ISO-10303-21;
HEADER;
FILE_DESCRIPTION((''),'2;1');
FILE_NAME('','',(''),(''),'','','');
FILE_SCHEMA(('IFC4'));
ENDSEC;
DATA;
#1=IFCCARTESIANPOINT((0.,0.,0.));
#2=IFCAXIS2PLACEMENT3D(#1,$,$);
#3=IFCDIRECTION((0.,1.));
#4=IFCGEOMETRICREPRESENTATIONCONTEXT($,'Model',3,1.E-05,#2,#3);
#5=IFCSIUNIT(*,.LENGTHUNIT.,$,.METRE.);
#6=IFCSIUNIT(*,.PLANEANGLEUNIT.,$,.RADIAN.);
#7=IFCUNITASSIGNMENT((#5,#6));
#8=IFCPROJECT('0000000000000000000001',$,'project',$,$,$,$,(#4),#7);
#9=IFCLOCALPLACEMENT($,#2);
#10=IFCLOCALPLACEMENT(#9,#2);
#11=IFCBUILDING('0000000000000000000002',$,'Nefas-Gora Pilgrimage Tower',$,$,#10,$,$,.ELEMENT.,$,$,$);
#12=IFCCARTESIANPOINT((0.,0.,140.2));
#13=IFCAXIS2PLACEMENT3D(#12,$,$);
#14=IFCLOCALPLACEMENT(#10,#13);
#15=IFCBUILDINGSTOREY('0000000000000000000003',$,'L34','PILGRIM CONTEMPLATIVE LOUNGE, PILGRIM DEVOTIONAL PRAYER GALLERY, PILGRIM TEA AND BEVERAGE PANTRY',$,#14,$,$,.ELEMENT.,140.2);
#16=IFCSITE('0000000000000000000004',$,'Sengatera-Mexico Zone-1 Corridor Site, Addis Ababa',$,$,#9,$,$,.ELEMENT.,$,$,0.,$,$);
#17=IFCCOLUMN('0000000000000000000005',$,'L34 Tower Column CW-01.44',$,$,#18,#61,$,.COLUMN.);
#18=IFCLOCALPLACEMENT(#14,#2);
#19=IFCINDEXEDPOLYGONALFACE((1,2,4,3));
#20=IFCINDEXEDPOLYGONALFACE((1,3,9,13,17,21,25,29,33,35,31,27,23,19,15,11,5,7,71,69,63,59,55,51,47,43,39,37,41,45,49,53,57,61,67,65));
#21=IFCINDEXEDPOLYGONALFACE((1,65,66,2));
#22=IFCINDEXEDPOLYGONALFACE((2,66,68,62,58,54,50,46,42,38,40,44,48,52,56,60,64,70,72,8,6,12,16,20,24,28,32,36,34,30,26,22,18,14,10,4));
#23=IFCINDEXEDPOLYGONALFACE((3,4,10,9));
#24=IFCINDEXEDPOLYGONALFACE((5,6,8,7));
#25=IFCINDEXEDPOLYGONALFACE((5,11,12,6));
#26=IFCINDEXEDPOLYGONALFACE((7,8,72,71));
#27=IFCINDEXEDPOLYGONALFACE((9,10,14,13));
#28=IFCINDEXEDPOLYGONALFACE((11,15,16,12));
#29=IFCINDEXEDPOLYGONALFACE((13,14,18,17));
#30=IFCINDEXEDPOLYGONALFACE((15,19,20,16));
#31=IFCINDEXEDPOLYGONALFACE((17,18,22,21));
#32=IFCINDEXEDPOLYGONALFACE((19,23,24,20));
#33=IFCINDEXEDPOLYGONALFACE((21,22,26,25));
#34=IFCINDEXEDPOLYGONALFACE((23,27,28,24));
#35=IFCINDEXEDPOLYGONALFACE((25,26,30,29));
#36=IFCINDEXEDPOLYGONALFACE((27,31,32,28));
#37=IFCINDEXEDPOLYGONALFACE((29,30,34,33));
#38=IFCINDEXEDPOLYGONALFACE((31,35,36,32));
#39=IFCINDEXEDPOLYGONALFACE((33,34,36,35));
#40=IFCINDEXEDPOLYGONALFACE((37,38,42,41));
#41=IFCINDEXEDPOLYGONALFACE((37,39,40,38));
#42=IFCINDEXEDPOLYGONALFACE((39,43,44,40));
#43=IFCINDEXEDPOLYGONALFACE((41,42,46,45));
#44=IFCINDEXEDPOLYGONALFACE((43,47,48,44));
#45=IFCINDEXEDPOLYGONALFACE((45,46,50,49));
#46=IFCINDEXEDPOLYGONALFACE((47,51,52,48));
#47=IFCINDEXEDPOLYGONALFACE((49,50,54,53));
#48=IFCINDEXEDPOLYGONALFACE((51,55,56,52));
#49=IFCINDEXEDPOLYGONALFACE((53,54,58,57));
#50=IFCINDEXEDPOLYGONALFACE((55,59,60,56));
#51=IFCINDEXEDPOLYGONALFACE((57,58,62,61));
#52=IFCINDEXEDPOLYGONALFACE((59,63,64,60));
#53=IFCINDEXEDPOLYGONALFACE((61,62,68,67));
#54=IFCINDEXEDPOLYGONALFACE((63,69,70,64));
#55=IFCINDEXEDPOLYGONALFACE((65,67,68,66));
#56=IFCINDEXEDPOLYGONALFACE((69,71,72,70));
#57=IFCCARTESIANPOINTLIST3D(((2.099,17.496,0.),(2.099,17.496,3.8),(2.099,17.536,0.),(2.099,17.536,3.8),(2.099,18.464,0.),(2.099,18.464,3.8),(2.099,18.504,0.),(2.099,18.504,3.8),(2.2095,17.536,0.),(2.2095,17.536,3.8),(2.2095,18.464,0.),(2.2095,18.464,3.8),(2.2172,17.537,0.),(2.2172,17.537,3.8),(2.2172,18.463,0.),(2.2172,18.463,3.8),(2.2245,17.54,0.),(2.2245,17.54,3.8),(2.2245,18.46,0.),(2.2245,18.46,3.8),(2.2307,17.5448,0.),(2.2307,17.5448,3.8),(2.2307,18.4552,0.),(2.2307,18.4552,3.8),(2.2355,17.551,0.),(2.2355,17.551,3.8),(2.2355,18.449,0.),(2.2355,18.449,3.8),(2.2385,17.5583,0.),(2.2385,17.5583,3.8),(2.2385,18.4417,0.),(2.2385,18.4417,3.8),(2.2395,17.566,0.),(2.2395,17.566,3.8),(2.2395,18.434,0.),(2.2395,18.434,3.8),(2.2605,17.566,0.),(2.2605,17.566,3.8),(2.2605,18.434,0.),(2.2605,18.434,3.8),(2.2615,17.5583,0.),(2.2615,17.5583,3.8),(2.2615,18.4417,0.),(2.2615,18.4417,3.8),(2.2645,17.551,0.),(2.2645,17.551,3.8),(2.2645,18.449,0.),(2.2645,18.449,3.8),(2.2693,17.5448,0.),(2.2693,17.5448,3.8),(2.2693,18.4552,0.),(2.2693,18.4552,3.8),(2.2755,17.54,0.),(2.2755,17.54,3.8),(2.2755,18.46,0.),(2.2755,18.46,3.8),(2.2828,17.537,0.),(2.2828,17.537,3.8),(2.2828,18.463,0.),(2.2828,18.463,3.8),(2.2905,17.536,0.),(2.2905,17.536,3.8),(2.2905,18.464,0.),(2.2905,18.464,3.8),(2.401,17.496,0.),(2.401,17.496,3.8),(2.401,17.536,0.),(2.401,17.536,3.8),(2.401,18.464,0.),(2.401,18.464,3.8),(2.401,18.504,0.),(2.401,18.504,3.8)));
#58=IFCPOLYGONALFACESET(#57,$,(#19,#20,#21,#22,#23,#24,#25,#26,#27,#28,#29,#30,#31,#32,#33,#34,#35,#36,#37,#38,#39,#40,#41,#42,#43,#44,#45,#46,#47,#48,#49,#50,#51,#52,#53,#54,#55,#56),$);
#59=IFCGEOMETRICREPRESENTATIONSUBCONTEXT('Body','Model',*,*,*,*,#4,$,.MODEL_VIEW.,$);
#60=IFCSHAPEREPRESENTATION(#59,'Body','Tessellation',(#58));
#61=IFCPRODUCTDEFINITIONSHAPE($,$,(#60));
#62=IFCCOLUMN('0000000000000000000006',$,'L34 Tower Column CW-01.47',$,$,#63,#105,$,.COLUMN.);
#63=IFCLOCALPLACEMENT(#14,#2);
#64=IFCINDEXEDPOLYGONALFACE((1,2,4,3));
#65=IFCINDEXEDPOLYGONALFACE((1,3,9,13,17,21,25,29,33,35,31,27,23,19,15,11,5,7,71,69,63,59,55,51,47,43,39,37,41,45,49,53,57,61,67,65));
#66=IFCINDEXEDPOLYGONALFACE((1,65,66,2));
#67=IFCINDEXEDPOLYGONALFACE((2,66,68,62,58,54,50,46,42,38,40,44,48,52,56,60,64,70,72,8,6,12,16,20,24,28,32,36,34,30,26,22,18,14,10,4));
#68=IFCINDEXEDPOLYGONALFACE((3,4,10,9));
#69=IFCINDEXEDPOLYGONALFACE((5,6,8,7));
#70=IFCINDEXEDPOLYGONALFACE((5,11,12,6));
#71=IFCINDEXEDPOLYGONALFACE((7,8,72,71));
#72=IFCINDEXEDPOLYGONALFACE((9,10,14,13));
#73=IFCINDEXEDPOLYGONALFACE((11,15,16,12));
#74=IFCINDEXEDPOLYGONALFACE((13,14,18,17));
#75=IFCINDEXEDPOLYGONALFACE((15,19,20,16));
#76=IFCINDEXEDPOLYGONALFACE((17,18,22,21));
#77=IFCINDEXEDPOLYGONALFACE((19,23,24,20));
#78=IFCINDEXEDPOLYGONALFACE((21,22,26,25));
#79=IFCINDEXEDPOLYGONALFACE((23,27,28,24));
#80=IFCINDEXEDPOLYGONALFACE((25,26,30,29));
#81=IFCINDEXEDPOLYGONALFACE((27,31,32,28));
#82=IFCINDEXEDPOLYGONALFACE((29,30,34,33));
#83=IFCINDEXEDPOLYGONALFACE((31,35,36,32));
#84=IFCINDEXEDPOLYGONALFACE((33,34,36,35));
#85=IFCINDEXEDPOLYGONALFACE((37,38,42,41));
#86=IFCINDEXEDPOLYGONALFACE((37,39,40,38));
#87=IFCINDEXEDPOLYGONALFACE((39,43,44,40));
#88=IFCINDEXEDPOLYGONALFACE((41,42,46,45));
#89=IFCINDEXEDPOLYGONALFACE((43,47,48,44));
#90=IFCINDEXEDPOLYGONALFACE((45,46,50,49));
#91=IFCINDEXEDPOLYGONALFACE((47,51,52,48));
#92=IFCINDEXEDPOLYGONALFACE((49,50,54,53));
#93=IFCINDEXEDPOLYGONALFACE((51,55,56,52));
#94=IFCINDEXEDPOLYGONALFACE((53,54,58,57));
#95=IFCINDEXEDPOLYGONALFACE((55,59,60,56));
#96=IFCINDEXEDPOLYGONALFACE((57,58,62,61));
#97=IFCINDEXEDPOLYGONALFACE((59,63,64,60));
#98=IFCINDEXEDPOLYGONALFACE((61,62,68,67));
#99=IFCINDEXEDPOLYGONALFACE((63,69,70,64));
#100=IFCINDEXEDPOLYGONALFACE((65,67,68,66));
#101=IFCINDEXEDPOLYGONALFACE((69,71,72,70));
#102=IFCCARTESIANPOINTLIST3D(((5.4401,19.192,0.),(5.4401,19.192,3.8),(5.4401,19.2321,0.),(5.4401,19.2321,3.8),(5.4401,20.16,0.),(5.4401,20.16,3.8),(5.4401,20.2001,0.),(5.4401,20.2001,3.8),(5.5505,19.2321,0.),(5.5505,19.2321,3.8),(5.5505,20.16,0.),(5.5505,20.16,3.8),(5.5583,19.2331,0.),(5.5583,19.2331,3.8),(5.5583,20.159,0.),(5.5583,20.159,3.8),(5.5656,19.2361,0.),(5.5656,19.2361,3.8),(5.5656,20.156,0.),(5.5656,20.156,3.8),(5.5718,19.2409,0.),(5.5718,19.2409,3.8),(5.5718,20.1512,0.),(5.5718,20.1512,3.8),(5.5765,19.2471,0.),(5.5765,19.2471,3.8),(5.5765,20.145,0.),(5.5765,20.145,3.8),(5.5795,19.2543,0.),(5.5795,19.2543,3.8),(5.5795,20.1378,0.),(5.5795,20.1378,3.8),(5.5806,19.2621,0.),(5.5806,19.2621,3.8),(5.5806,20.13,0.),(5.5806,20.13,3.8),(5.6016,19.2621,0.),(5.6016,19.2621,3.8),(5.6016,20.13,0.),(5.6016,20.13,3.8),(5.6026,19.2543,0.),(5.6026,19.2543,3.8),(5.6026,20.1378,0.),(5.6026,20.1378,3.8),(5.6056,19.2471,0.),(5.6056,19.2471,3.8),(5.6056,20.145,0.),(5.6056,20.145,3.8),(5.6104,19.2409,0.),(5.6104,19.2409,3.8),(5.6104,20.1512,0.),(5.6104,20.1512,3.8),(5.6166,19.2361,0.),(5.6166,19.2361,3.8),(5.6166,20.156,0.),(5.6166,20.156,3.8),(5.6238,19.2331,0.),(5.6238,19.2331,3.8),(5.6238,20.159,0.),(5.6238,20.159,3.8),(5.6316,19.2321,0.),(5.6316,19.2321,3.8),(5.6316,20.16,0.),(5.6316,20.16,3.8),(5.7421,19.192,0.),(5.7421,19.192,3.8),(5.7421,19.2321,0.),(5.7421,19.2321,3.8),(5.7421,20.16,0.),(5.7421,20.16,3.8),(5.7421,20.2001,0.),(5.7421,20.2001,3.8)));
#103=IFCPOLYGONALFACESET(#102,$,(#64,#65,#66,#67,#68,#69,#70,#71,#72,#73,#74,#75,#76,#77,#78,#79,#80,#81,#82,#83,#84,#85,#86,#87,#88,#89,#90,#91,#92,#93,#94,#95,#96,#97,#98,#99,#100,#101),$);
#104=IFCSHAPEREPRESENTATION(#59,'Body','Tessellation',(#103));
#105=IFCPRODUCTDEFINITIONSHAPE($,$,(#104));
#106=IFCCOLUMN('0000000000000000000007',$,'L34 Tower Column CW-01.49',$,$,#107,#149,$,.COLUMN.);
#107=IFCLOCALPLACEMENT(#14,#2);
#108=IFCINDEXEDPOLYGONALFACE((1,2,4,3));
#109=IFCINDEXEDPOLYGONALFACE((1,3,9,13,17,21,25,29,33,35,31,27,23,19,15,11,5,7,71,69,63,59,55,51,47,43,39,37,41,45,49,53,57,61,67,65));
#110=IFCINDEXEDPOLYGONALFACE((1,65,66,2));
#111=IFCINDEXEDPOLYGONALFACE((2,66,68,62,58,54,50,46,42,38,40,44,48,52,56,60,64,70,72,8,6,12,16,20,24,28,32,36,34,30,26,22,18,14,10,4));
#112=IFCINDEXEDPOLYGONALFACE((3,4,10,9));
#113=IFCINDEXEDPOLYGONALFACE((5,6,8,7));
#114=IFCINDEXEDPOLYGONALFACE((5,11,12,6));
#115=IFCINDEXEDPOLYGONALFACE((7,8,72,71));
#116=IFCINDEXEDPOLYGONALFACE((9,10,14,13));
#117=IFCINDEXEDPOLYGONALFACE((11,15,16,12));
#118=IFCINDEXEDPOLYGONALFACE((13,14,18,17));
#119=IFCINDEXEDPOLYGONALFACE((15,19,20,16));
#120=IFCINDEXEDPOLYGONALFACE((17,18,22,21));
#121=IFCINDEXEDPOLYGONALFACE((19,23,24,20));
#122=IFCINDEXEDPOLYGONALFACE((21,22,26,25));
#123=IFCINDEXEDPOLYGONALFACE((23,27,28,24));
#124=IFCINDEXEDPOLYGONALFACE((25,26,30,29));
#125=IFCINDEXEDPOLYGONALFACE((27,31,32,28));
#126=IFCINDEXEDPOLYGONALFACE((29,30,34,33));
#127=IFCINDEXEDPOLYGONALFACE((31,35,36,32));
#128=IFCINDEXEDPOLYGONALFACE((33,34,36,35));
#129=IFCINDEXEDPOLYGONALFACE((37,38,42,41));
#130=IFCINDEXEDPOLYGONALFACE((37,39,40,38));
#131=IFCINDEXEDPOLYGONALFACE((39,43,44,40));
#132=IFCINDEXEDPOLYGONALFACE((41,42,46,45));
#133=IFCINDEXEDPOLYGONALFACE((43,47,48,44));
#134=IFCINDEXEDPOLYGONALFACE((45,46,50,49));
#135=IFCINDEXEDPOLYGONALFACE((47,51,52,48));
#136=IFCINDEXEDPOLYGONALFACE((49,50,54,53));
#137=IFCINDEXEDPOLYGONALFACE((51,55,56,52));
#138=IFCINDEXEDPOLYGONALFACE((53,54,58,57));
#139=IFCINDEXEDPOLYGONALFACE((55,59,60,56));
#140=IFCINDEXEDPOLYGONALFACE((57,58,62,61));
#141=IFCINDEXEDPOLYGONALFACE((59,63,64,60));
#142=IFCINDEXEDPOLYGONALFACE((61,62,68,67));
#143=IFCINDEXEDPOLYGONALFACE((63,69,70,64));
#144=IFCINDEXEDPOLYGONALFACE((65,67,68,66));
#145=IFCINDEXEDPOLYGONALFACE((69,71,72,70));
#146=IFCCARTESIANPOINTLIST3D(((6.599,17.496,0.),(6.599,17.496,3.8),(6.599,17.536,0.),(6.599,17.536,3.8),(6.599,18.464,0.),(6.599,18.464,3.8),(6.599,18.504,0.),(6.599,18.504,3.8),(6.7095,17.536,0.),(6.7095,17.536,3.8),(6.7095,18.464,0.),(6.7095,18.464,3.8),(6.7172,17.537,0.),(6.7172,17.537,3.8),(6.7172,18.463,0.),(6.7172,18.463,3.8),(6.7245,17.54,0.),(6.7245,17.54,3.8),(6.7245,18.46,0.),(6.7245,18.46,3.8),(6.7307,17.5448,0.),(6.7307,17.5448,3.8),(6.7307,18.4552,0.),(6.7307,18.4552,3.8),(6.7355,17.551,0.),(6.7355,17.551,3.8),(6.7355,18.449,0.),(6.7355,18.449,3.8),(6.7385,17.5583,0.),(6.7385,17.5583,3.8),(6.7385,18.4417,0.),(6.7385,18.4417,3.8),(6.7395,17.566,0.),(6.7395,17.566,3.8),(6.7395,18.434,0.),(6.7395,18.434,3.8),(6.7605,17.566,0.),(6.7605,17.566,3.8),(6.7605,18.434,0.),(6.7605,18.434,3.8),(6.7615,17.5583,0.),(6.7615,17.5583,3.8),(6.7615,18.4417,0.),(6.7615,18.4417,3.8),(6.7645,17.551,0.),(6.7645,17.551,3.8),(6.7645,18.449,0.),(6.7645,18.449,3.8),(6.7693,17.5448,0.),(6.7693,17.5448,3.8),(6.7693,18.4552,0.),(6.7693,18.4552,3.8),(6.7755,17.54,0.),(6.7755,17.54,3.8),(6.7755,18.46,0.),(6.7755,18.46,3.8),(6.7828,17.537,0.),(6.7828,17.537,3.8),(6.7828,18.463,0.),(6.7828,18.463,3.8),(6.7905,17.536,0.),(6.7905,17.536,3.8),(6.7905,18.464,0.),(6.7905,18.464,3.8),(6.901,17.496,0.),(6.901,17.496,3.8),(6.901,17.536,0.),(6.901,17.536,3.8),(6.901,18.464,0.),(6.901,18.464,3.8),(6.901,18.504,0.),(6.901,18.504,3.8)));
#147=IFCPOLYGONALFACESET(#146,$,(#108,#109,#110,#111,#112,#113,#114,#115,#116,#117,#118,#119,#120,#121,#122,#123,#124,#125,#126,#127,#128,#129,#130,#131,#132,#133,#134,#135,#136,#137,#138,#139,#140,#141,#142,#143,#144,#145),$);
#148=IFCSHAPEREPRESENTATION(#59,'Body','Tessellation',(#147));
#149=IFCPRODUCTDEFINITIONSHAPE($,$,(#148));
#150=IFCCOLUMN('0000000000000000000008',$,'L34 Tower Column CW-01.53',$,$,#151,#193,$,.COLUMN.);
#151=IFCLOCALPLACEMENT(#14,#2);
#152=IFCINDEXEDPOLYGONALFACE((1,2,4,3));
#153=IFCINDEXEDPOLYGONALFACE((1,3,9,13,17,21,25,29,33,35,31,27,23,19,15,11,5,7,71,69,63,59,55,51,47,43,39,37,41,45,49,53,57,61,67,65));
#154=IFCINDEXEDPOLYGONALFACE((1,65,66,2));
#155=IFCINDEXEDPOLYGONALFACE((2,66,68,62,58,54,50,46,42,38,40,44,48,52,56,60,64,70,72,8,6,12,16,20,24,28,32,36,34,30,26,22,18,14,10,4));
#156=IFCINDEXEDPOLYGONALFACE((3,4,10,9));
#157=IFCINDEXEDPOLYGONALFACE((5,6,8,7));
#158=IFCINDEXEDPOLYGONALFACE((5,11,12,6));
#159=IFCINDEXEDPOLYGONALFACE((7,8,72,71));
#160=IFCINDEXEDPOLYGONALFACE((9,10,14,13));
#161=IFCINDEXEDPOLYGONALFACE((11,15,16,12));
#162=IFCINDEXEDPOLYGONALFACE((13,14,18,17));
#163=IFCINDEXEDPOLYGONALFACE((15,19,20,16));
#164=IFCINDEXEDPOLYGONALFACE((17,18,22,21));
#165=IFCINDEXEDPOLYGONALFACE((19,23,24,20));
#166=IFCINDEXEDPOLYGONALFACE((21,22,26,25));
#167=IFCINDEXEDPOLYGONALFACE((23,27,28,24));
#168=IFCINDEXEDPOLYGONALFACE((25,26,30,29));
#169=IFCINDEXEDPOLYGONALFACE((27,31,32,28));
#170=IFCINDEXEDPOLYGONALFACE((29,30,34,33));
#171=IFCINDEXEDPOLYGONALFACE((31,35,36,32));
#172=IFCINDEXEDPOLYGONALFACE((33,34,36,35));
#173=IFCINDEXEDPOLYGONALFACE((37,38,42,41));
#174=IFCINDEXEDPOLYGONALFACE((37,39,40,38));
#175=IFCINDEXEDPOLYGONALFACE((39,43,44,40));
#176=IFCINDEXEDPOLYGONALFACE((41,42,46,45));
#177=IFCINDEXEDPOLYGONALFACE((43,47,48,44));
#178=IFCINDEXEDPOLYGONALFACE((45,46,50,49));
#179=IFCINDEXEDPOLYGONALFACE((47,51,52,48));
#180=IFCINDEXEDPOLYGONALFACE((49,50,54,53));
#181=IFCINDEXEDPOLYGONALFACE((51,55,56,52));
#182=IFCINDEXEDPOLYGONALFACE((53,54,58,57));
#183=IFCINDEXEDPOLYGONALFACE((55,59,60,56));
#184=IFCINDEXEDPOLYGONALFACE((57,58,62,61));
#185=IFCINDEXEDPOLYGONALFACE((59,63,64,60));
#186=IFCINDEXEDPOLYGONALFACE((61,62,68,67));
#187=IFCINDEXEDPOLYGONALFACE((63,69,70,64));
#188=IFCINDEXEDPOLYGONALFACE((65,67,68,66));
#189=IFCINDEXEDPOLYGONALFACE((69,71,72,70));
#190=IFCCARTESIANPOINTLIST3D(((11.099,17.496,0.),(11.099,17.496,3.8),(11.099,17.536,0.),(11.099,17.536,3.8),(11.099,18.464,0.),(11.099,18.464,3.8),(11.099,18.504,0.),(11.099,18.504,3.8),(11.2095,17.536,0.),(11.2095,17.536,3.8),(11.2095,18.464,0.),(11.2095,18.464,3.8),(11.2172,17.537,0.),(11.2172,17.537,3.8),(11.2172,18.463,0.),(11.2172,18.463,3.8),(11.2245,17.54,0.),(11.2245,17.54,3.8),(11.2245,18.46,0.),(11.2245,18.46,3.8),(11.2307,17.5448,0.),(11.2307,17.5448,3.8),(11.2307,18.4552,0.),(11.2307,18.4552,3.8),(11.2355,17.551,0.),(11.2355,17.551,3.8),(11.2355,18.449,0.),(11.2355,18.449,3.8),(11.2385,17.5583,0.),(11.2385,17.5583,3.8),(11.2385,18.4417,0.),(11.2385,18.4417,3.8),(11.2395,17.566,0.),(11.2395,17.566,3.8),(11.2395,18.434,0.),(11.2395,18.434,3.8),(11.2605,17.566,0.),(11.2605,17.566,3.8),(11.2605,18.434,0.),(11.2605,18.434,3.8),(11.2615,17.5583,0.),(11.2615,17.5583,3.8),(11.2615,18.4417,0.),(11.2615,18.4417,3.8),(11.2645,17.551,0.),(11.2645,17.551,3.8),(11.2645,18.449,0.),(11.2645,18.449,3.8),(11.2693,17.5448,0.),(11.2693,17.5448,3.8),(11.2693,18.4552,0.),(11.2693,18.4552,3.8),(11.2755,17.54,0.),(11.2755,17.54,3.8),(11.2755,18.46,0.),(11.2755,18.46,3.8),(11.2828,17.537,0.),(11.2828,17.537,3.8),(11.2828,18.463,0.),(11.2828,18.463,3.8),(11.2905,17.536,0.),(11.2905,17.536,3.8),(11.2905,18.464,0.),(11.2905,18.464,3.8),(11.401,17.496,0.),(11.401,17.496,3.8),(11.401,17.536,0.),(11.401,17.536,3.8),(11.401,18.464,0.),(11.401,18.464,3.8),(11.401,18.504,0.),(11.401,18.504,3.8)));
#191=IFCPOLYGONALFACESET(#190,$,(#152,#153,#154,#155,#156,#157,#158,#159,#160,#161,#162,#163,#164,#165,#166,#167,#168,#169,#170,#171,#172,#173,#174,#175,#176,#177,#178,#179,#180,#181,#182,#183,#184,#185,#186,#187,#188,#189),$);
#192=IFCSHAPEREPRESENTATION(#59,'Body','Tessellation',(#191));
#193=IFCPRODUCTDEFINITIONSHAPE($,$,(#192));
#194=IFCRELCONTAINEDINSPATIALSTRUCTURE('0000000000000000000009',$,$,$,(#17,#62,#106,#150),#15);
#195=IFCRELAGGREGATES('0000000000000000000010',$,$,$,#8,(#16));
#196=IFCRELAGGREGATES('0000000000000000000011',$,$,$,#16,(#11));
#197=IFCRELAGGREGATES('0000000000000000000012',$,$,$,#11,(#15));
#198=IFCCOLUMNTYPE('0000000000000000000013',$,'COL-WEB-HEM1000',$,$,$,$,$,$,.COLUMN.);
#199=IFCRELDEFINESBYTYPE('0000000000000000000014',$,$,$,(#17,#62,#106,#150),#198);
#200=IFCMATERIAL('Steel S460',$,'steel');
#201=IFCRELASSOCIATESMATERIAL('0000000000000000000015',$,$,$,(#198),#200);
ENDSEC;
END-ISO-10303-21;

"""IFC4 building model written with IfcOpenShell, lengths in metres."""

from ifc_helpers import new_model, si_unit, direction, frame, origin, origin_2d, place, context, subcontext, project, spatial, i_section, extrude, source, transform, mapped, material, material_profile, profile_set, type_object, element, save


model = new_model("IFC4")

# Units and contexts
model_context = context("Model", 3, precision=1e-05, world=origin(), true_north=direction((0.0, 1.0)))
body_context = subcontext(model_context, "Body", "Model", "MODEL_VIEW")
ifc_project = project(units=[si_unit("LENGTHUNIT", "METRE"), si_unit("PLANEANGLEUNIT", "RADIAN")], contexts=[model_context])

# Site, building, storey
site_placement = place(None, origin())
site = spatial("IfcSite", under=ifc_project, at=site_placement, Name="Sengatera-Mexico Zone-1 Corridor Site, Addis Ababa", CompositionType="ELEMENT", RefElevation=0.0)
building_placement = place(site_placement, origin())
building = spatial("IfcBuilding", under=site, at=building_placement, Name="Nefas-Gora Pilgrimage Tower", CompositionType="ELEMENT")
storey_placement = place(building_placement, frame((0.0, 0.0, 140.2)))
storey = spatial("IfcBuildingStorey", under=building, at=storey_placement, Name="L34", Description="PILGRIM CONTEMPLATIVE LOUNGE, PILGRIM DEVOTIONAL PRAYER GALLERY, PILGRIM TEA AND BEVERAGE PANTRY", CompositionType="ELEMENT", Elevation=140.2)

# Columns
ifc_material_1 = material(Name="Steel S460", Category="steel")
ifc_material_profile_1 = material_profile(ifc_material_1, i_section(OverallWidth=0.302, OverallDepth=1.0081, WebThickness=0.021, FlangeThickness=0.04, FilletRadius=0.03, at=origin_2d()), Name="HEM 1000")
ifc_profile_set_1 = profile_set([ifc_material_profile_1], Name="Steel S460")
column_type_1 = type_object("IfcColumnType", Name="COL-WEB-HEM1000", PredefinedType="COLUMN", material=ifc_profile_set_1)
shared_shape_1 = source(origin(), body_context, "Body", "SweptSolid", [
    extrude(i_section(OverallWidth=0.302, OverallDepth=1.0081, WebThickness=0.021, FlangeThickness=0.04, FilletRadius=0.03, at=origin_2d()), origin(), (0.0, 0.0, 1.0), 3.8),
])
for number, where, z_axis, x_axis, name in (
    (1, (2.25, 18.0, 0.0), (0.0, 0.0, 1.0), (1.0, 0.0, 0.0), "L34 Tower Column CW-01.44"),
    (2, (5.5911, 19.696, 0.0), (0.0, 0.0, 1.0), (1.0, 0.0, 0.0), "L34 Tower Column CW-01.47"),
    (3, (6.75, 18.0, 0.0), (0.0, 0.0, 1.0), (1.0, 0.0, 0.0), "L34 Tower Column CW-01.49"),
    (4, (11.25, 18.0, 0.0), (0.0, 0.0, 1.0), (1.0, 0.0, 0.0), "L34 Tower Column CW-01.53"),
):
    element("IfcColumn", number, at=place(storey_placement, frame(where, z_axis=z_axis, x_axis=x_axis)), inside=storey, type_object=column_type_1, Name=name, PredefinedType="COLUMN", context=body_context, shape_type="MappedRepresentation", body=[
        mapped(shared_shape_1, transform((0.0, 0.0, 0.0), x_axis=(1.0, 0.0, 0.0), y_axis=(0.0, 1.0, 0.0), z_axis=(0.0, 0.0, 1.0), scale=1.0)),
    ])

save(model, "model.ifc")
